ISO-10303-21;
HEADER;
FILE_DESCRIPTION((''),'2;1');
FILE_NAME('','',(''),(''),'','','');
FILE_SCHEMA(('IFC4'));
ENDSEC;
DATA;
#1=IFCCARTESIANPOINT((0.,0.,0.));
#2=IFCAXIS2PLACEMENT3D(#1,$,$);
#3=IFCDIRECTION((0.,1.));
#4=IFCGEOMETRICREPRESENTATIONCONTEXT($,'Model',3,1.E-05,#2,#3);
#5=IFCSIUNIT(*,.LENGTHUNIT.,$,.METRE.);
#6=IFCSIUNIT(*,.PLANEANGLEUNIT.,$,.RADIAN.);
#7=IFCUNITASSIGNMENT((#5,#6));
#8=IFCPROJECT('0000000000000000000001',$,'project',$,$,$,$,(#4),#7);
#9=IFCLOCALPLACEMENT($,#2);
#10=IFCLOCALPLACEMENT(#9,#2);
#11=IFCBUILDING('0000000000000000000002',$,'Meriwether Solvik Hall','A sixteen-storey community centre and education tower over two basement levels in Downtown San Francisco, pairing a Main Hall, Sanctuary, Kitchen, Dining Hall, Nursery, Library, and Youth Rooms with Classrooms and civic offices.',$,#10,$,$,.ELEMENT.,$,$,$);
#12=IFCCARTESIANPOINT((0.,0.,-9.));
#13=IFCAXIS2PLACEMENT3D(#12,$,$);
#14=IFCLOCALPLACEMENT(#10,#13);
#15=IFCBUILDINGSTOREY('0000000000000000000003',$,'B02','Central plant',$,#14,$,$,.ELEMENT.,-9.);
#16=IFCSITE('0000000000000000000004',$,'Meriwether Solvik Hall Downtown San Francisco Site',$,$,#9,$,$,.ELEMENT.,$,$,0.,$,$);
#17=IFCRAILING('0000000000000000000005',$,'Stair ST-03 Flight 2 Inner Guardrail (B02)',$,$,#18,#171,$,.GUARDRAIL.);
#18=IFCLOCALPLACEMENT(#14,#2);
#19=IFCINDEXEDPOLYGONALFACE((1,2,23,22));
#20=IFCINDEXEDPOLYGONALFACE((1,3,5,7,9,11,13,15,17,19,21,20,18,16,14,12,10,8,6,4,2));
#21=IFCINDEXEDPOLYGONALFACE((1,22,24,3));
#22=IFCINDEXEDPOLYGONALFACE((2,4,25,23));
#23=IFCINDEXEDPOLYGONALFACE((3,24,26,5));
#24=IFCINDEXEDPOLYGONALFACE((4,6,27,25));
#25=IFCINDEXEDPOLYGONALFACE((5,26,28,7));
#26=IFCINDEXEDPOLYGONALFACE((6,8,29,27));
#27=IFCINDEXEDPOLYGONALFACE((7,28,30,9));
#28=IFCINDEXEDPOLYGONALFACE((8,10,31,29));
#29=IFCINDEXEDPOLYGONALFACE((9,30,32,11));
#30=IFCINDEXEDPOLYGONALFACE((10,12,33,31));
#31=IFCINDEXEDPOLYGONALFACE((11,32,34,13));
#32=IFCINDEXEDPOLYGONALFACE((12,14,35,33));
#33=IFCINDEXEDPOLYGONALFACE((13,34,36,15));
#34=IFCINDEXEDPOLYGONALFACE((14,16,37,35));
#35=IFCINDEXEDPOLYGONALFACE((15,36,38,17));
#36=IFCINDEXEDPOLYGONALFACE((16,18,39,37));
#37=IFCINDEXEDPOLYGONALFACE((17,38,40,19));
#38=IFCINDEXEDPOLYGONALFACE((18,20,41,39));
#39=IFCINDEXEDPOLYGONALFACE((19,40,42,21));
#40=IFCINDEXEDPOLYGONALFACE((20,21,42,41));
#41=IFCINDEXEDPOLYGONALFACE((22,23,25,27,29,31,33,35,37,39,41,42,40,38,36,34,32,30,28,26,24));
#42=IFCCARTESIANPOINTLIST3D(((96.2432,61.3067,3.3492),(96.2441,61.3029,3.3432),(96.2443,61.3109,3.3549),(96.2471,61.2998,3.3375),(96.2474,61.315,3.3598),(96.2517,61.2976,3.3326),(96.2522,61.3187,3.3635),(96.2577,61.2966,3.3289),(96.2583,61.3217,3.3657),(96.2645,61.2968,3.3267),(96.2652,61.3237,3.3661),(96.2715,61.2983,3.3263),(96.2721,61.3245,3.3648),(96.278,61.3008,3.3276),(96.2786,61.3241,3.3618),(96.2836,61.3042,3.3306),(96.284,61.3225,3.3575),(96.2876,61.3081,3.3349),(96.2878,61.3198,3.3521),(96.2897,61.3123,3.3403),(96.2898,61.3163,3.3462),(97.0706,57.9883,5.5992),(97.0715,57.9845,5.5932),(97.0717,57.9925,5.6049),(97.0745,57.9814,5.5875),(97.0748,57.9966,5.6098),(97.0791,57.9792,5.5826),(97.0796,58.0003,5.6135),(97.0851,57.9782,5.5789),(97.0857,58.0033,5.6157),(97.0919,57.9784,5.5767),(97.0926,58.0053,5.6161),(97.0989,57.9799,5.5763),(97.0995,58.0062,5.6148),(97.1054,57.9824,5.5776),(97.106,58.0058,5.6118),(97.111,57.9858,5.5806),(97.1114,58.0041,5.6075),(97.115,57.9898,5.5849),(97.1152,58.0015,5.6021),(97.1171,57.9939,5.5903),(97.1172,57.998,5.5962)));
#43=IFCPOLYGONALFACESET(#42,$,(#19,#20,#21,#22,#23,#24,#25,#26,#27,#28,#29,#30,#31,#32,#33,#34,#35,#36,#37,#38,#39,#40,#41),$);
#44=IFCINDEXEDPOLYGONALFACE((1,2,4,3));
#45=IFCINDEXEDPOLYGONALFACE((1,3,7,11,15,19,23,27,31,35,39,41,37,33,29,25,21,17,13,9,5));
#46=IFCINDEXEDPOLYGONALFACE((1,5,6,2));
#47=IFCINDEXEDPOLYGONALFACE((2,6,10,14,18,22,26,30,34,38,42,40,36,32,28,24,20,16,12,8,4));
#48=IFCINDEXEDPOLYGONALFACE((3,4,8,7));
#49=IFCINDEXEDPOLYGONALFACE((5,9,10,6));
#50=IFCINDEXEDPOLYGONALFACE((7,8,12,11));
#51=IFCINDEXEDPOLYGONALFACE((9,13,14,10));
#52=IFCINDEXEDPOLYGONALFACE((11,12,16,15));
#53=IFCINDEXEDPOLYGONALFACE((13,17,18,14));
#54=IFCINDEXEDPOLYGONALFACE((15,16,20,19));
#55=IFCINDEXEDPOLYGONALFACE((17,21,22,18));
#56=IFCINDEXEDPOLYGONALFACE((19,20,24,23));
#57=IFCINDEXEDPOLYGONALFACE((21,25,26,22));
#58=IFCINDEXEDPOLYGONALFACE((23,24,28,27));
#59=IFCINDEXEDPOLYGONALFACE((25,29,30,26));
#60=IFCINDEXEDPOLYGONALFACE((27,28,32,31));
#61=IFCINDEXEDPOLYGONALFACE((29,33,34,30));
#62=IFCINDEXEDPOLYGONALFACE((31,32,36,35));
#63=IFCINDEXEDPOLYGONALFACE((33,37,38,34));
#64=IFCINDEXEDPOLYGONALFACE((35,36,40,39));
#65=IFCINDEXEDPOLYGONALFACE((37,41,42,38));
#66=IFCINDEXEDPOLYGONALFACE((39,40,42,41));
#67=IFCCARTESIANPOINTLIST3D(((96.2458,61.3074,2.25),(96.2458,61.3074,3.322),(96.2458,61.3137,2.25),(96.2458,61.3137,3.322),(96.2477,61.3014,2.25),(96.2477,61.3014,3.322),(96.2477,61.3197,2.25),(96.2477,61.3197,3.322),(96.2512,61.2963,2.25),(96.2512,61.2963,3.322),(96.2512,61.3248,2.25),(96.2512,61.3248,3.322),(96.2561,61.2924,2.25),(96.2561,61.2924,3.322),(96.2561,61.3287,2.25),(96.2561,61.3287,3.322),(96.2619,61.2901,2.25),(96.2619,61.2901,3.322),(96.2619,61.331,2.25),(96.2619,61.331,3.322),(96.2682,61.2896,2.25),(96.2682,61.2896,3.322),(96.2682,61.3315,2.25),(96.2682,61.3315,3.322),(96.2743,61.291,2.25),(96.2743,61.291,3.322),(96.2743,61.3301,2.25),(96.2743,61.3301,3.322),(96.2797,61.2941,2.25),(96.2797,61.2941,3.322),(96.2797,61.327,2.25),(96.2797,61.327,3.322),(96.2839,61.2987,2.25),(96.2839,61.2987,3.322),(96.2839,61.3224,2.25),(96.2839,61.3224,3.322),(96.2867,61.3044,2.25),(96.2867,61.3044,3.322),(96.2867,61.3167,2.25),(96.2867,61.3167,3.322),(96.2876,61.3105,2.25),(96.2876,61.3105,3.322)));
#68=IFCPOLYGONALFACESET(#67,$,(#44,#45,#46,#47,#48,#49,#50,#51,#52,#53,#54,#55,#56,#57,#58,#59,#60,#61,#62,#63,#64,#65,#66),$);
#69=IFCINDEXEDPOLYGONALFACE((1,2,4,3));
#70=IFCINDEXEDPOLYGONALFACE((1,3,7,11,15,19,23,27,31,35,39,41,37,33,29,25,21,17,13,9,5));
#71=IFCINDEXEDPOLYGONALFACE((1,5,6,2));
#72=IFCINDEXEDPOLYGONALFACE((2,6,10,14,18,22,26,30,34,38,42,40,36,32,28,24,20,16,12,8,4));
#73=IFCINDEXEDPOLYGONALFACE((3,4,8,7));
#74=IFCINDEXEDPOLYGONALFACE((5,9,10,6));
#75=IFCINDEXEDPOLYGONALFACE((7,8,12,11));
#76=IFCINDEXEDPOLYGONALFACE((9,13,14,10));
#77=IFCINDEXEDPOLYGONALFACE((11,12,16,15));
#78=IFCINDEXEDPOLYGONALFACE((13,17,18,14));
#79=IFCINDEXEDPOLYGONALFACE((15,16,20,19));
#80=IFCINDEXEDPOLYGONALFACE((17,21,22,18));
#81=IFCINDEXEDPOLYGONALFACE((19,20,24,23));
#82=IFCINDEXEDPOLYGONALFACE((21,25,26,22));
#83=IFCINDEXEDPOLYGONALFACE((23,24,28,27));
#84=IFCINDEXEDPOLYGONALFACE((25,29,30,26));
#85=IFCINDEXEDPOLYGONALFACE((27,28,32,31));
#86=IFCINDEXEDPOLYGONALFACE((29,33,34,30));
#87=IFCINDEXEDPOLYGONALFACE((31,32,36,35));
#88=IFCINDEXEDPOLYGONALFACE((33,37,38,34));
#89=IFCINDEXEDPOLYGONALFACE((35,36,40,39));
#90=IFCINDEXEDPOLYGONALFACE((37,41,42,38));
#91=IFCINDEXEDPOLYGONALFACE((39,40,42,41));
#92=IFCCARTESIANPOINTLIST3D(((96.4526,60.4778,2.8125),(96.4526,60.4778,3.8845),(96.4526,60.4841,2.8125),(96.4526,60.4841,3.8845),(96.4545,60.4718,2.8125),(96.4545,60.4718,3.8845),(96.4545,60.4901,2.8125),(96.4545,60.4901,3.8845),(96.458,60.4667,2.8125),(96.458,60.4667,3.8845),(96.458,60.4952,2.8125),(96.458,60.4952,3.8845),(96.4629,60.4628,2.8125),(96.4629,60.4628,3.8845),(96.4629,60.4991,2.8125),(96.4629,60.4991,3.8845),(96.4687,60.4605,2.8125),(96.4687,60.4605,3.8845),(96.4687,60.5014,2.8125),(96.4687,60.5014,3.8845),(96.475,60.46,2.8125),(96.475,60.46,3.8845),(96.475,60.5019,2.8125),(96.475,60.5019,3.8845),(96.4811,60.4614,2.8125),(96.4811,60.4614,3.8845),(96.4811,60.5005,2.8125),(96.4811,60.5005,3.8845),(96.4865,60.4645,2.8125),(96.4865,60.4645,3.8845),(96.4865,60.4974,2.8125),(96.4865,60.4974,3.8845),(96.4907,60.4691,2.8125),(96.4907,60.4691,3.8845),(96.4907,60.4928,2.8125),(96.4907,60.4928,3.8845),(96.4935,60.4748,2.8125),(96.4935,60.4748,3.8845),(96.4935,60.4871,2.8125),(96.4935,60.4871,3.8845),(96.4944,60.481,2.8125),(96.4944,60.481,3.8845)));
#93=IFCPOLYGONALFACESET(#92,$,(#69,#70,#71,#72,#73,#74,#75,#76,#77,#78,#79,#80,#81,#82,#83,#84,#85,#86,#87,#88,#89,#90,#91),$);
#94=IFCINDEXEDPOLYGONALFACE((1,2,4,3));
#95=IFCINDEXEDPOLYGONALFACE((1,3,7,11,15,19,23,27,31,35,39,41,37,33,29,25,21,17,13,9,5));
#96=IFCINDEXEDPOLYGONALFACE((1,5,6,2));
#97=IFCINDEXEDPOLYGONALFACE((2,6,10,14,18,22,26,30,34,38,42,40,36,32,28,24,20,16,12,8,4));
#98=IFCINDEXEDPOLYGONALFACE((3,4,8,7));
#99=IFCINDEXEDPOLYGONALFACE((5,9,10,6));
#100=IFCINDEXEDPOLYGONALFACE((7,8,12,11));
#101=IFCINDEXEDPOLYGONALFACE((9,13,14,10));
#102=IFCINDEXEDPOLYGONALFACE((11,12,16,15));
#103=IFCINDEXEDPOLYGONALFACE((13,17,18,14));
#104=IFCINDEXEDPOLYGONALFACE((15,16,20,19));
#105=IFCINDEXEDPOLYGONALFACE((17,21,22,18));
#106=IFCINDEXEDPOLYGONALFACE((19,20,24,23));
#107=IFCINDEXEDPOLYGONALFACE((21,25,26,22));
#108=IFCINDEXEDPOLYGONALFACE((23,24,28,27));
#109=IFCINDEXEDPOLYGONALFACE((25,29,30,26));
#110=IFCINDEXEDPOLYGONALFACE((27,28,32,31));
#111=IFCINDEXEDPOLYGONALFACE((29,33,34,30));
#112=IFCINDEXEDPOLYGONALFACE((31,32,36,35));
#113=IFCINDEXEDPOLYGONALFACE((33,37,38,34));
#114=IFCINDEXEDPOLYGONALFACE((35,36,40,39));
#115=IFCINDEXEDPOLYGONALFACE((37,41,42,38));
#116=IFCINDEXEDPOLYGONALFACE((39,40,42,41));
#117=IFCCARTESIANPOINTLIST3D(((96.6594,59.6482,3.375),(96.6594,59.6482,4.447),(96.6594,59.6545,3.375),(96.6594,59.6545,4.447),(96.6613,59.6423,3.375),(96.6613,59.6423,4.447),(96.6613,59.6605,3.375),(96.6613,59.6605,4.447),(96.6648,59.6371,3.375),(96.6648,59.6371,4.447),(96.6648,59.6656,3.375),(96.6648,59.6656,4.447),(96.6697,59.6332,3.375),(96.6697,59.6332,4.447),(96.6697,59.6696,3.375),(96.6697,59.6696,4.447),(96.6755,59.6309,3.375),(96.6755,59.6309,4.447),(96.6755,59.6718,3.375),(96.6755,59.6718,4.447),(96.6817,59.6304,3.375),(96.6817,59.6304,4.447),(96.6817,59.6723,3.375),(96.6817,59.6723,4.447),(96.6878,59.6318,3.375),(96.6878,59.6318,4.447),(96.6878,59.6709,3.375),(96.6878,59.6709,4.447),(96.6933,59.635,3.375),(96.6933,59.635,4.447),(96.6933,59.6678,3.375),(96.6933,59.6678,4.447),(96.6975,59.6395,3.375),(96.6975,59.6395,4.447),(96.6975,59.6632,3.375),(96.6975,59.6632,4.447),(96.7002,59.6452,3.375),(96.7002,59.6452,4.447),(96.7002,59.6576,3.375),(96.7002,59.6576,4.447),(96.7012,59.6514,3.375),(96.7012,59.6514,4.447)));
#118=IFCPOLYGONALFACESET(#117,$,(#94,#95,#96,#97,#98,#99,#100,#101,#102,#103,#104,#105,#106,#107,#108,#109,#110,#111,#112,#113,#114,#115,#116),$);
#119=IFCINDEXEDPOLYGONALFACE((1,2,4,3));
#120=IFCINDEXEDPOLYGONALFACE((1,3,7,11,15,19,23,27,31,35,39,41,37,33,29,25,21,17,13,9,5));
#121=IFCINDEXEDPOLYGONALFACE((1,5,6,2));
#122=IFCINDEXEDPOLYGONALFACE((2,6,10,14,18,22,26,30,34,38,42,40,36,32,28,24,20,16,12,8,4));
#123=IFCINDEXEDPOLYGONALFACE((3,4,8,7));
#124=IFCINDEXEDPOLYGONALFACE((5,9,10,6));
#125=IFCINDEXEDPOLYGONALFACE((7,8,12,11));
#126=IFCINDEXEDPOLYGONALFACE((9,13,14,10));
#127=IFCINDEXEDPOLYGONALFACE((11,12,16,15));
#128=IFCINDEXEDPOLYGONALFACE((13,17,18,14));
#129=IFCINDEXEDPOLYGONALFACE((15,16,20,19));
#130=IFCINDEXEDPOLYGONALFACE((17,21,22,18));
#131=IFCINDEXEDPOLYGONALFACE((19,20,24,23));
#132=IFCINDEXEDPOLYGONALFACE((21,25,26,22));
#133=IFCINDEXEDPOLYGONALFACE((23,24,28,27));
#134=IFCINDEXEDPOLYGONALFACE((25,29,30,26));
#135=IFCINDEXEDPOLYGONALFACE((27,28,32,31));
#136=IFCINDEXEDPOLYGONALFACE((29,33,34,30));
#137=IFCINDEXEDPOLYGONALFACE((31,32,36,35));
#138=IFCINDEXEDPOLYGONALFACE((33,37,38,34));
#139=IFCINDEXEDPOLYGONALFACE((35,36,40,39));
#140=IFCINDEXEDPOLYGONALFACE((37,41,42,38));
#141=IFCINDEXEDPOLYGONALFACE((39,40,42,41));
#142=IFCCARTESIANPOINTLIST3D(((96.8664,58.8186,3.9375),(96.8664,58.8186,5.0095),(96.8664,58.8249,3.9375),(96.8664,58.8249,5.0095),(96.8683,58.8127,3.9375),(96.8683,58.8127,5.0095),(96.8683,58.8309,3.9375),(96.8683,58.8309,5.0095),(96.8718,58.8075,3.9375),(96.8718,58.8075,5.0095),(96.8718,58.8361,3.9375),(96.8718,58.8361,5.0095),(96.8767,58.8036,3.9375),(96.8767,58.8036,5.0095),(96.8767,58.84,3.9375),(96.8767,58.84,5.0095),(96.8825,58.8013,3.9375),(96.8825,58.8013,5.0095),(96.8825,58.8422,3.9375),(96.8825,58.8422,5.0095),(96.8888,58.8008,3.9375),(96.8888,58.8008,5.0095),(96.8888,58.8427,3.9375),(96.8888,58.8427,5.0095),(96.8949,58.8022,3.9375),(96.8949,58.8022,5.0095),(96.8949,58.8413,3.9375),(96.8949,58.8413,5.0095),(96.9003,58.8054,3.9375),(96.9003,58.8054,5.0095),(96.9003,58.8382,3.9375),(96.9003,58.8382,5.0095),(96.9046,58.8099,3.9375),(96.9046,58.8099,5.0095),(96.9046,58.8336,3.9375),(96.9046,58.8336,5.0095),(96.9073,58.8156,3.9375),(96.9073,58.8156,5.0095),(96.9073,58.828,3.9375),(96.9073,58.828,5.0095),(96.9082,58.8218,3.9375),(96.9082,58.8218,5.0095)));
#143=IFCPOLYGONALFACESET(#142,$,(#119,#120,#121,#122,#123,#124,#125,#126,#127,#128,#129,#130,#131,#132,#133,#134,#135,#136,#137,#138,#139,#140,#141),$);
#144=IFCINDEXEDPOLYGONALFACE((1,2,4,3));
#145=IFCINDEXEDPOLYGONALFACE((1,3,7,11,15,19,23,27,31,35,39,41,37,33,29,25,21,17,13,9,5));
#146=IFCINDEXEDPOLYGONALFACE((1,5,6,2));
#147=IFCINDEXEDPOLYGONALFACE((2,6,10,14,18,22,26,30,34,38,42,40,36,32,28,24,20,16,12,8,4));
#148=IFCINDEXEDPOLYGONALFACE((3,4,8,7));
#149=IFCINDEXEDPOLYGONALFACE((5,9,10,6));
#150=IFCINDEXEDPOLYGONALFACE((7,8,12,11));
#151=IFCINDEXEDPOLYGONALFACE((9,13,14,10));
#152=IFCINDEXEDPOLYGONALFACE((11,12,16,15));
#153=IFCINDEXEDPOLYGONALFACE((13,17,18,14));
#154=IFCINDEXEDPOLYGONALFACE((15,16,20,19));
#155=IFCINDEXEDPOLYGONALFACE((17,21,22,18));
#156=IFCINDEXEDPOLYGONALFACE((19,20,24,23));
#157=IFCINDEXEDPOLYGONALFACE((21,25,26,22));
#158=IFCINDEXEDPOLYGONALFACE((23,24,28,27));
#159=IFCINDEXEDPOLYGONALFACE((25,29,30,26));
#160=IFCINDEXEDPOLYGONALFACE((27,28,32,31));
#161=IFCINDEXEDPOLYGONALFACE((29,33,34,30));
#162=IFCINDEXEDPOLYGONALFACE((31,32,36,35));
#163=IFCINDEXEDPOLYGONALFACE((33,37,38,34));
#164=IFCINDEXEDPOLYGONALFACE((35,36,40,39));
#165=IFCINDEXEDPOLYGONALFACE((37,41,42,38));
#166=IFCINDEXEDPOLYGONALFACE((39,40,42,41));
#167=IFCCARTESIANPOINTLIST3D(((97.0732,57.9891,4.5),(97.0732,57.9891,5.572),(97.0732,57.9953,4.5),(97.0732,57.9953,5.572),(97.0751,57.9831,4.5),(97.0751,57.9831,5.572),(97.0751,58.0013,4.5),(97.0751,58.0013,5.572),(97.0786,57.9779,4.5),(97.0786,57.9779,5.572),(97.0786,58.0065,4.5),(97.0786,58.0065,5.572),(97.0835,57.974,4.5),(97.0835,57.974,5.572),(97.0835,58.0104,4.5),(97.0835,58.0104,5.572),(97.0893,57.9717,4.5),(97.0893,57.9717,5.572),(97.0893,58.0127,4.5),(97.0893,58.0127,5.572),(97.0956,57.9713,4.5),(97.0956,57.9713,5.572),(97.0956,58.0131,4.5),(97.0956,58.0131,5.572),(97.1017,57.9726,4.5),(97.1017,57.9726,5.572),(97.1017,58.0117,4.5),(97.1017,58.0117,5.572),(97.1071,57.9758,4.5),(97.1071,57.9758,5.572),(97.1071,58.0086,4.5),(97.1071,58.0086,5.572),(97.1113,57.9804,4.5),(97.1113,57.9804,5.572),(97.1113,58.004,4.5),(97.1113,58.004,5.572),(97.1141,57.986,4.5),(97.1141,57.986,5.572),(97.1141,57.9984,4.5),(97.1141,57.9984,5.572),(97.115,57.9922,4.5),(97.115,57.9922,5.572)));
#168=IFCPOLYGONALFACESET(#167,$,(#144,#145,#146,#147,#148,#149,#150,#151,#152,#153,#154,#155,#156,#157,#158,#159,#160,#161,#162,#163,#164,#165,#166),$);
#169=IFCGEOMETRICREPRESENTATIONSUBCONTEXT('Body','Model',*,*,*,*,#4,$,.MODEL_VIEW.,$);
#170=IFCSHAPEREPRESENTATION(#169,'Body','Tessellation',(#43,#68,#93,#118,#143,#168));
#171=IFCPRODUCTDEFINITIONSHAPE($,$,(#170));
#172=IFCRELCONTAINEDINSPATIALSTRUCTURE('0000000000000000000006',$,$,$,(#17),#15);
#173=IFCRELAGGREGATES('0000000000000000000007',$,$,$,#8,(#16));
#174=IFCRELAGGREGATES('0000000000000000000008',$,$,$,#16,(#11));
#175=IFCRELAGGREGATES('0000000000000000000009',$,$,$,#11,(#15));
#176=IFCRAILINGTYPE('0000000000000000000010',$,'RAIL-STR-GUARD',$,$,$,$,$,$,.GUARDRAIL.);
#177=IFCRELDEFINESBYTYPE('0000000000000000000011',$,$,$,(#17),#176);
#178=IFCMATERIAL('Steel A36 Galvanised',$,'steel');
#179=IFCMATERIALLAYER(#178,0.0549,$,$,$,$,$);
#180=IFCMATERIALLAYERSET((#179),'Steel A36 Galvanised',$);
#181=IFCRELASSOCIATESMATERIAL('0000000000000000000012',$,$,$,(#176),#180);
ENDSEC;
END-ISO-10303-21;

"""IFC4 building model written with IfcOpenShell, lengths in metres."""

from ifc_helpers import new_model, si_unit, direction, frame, origin, origin_2d, place, context, subcontext, project, spatial, circle, extrude, material, layer, layer_set, type_object, element, save


model = new_model("IFC4")

# Units and contexts
model_context = context("Model", 3, precision=1e-05, world=origin(), true_north=direction((0.0, 1.0)))
body_context = subcontext(model_context, "Body", "Model", "MODEL_VIEW")
ifc_project = project(units=[si_unit("LENGTHUNIT", "METRE"), si_unit("PLANEANGLEUNIT", "RADIAN")], contexts=[model_context])

# Site, building, storey
site_placement = place(None, origin())
site = spatial("IfcSite", under=ifc_project, at=site_placement, Name="Meriwether Solvik Hall Downtown San Francisco Site", CompositionType="ELEMENT", RefElevation=0.0)
building_placement = place(site_placement, origin())
building = spatial("IfcBuilding", under=site, at=building_placement, Name="Meriwether Solvik Hall", Description="A sixteen-storey community centre and education tower over two basement levels in Downtown San Francisco, pairing a Main Hall, Sanctuary, Kitchen, Dining Hall, Nursery, Library, and Youth Rooms with Classrooms and civic offices.", CompositionType="ELEMENT")
storey_placement = place(building_placement, frame((0.0, 0.0, -9.0)))
storey = spatial("IfcBuildingStorey", under=building, at=storey_placement, Name="B02", Description="Central plant", CompositionType="ELEMENT", Elevation=-9.0)

# Railing
ifc_material_1 = material(Name="Steel A36 Galvanised", Category="steel")
ifc_layer_1 = layer(ifc_material_1, 0.0549)
ifc_layer_set_1 = layer_set([ifc_layer_1], Name="Steel A36 Galvanised")
railing_type = type_object("IfcRailingType", Name="RAIL-STR-GUARD", PredefinedType="GUARDRAIL", material=ifc_layer_set_1)
railing_1_placement = place(storey_placement, frame((96.2666, 61.3105, 2.25)))
element("IfcRailing", 1, at=railing_1_placement, inside=storey, type_object=railing_type, Name="Stair ST-03 Flight 2 Inner Guardrail (B02)", PredefinedType="GUARDRAIL", context=body_context, shape_type="SweptSolid", body=[
    extrude(circle(Radius=0.0239, at=origin_2d()), frame((0.0, 0.0, 1.0962), z_axis=(0.202112, -0.810596, 0.549622), x_axis=(0.970293, 0.241931, 0.0)), (0.0, 0.0, 1.0), 4.0938),
    extrude(circle(Radius=0.021, at=origin_2d()), origin(), (0.0, 0.0, 1.0), 1.072),
    extrude(circle(Radius=0.021, at=origin_2d()), frame((0.2068, -0.8296, 0.5625)), (0.0, 0.0, 1.0), 1.072),
    extrude(circle(Radius=0.021, at=origin_2d()), frame((0.4136, -1.6592, 1.125)), (0.0, 0.0, 1.0), 1.072),
    extrude(circle(Radius=0.021, at=origin_2d()), frame((0.6206, -2.4888, 1.6875)), (0.0, 0.0, 1.0), 1.072),
    extrude(circle(Radius=0.021, at=origin_2d()), frame((0.8274, -3.3184, 2.25)), (0.0, 0.0, 1.0), 1.072),
])

save(model, "model.ifc")
